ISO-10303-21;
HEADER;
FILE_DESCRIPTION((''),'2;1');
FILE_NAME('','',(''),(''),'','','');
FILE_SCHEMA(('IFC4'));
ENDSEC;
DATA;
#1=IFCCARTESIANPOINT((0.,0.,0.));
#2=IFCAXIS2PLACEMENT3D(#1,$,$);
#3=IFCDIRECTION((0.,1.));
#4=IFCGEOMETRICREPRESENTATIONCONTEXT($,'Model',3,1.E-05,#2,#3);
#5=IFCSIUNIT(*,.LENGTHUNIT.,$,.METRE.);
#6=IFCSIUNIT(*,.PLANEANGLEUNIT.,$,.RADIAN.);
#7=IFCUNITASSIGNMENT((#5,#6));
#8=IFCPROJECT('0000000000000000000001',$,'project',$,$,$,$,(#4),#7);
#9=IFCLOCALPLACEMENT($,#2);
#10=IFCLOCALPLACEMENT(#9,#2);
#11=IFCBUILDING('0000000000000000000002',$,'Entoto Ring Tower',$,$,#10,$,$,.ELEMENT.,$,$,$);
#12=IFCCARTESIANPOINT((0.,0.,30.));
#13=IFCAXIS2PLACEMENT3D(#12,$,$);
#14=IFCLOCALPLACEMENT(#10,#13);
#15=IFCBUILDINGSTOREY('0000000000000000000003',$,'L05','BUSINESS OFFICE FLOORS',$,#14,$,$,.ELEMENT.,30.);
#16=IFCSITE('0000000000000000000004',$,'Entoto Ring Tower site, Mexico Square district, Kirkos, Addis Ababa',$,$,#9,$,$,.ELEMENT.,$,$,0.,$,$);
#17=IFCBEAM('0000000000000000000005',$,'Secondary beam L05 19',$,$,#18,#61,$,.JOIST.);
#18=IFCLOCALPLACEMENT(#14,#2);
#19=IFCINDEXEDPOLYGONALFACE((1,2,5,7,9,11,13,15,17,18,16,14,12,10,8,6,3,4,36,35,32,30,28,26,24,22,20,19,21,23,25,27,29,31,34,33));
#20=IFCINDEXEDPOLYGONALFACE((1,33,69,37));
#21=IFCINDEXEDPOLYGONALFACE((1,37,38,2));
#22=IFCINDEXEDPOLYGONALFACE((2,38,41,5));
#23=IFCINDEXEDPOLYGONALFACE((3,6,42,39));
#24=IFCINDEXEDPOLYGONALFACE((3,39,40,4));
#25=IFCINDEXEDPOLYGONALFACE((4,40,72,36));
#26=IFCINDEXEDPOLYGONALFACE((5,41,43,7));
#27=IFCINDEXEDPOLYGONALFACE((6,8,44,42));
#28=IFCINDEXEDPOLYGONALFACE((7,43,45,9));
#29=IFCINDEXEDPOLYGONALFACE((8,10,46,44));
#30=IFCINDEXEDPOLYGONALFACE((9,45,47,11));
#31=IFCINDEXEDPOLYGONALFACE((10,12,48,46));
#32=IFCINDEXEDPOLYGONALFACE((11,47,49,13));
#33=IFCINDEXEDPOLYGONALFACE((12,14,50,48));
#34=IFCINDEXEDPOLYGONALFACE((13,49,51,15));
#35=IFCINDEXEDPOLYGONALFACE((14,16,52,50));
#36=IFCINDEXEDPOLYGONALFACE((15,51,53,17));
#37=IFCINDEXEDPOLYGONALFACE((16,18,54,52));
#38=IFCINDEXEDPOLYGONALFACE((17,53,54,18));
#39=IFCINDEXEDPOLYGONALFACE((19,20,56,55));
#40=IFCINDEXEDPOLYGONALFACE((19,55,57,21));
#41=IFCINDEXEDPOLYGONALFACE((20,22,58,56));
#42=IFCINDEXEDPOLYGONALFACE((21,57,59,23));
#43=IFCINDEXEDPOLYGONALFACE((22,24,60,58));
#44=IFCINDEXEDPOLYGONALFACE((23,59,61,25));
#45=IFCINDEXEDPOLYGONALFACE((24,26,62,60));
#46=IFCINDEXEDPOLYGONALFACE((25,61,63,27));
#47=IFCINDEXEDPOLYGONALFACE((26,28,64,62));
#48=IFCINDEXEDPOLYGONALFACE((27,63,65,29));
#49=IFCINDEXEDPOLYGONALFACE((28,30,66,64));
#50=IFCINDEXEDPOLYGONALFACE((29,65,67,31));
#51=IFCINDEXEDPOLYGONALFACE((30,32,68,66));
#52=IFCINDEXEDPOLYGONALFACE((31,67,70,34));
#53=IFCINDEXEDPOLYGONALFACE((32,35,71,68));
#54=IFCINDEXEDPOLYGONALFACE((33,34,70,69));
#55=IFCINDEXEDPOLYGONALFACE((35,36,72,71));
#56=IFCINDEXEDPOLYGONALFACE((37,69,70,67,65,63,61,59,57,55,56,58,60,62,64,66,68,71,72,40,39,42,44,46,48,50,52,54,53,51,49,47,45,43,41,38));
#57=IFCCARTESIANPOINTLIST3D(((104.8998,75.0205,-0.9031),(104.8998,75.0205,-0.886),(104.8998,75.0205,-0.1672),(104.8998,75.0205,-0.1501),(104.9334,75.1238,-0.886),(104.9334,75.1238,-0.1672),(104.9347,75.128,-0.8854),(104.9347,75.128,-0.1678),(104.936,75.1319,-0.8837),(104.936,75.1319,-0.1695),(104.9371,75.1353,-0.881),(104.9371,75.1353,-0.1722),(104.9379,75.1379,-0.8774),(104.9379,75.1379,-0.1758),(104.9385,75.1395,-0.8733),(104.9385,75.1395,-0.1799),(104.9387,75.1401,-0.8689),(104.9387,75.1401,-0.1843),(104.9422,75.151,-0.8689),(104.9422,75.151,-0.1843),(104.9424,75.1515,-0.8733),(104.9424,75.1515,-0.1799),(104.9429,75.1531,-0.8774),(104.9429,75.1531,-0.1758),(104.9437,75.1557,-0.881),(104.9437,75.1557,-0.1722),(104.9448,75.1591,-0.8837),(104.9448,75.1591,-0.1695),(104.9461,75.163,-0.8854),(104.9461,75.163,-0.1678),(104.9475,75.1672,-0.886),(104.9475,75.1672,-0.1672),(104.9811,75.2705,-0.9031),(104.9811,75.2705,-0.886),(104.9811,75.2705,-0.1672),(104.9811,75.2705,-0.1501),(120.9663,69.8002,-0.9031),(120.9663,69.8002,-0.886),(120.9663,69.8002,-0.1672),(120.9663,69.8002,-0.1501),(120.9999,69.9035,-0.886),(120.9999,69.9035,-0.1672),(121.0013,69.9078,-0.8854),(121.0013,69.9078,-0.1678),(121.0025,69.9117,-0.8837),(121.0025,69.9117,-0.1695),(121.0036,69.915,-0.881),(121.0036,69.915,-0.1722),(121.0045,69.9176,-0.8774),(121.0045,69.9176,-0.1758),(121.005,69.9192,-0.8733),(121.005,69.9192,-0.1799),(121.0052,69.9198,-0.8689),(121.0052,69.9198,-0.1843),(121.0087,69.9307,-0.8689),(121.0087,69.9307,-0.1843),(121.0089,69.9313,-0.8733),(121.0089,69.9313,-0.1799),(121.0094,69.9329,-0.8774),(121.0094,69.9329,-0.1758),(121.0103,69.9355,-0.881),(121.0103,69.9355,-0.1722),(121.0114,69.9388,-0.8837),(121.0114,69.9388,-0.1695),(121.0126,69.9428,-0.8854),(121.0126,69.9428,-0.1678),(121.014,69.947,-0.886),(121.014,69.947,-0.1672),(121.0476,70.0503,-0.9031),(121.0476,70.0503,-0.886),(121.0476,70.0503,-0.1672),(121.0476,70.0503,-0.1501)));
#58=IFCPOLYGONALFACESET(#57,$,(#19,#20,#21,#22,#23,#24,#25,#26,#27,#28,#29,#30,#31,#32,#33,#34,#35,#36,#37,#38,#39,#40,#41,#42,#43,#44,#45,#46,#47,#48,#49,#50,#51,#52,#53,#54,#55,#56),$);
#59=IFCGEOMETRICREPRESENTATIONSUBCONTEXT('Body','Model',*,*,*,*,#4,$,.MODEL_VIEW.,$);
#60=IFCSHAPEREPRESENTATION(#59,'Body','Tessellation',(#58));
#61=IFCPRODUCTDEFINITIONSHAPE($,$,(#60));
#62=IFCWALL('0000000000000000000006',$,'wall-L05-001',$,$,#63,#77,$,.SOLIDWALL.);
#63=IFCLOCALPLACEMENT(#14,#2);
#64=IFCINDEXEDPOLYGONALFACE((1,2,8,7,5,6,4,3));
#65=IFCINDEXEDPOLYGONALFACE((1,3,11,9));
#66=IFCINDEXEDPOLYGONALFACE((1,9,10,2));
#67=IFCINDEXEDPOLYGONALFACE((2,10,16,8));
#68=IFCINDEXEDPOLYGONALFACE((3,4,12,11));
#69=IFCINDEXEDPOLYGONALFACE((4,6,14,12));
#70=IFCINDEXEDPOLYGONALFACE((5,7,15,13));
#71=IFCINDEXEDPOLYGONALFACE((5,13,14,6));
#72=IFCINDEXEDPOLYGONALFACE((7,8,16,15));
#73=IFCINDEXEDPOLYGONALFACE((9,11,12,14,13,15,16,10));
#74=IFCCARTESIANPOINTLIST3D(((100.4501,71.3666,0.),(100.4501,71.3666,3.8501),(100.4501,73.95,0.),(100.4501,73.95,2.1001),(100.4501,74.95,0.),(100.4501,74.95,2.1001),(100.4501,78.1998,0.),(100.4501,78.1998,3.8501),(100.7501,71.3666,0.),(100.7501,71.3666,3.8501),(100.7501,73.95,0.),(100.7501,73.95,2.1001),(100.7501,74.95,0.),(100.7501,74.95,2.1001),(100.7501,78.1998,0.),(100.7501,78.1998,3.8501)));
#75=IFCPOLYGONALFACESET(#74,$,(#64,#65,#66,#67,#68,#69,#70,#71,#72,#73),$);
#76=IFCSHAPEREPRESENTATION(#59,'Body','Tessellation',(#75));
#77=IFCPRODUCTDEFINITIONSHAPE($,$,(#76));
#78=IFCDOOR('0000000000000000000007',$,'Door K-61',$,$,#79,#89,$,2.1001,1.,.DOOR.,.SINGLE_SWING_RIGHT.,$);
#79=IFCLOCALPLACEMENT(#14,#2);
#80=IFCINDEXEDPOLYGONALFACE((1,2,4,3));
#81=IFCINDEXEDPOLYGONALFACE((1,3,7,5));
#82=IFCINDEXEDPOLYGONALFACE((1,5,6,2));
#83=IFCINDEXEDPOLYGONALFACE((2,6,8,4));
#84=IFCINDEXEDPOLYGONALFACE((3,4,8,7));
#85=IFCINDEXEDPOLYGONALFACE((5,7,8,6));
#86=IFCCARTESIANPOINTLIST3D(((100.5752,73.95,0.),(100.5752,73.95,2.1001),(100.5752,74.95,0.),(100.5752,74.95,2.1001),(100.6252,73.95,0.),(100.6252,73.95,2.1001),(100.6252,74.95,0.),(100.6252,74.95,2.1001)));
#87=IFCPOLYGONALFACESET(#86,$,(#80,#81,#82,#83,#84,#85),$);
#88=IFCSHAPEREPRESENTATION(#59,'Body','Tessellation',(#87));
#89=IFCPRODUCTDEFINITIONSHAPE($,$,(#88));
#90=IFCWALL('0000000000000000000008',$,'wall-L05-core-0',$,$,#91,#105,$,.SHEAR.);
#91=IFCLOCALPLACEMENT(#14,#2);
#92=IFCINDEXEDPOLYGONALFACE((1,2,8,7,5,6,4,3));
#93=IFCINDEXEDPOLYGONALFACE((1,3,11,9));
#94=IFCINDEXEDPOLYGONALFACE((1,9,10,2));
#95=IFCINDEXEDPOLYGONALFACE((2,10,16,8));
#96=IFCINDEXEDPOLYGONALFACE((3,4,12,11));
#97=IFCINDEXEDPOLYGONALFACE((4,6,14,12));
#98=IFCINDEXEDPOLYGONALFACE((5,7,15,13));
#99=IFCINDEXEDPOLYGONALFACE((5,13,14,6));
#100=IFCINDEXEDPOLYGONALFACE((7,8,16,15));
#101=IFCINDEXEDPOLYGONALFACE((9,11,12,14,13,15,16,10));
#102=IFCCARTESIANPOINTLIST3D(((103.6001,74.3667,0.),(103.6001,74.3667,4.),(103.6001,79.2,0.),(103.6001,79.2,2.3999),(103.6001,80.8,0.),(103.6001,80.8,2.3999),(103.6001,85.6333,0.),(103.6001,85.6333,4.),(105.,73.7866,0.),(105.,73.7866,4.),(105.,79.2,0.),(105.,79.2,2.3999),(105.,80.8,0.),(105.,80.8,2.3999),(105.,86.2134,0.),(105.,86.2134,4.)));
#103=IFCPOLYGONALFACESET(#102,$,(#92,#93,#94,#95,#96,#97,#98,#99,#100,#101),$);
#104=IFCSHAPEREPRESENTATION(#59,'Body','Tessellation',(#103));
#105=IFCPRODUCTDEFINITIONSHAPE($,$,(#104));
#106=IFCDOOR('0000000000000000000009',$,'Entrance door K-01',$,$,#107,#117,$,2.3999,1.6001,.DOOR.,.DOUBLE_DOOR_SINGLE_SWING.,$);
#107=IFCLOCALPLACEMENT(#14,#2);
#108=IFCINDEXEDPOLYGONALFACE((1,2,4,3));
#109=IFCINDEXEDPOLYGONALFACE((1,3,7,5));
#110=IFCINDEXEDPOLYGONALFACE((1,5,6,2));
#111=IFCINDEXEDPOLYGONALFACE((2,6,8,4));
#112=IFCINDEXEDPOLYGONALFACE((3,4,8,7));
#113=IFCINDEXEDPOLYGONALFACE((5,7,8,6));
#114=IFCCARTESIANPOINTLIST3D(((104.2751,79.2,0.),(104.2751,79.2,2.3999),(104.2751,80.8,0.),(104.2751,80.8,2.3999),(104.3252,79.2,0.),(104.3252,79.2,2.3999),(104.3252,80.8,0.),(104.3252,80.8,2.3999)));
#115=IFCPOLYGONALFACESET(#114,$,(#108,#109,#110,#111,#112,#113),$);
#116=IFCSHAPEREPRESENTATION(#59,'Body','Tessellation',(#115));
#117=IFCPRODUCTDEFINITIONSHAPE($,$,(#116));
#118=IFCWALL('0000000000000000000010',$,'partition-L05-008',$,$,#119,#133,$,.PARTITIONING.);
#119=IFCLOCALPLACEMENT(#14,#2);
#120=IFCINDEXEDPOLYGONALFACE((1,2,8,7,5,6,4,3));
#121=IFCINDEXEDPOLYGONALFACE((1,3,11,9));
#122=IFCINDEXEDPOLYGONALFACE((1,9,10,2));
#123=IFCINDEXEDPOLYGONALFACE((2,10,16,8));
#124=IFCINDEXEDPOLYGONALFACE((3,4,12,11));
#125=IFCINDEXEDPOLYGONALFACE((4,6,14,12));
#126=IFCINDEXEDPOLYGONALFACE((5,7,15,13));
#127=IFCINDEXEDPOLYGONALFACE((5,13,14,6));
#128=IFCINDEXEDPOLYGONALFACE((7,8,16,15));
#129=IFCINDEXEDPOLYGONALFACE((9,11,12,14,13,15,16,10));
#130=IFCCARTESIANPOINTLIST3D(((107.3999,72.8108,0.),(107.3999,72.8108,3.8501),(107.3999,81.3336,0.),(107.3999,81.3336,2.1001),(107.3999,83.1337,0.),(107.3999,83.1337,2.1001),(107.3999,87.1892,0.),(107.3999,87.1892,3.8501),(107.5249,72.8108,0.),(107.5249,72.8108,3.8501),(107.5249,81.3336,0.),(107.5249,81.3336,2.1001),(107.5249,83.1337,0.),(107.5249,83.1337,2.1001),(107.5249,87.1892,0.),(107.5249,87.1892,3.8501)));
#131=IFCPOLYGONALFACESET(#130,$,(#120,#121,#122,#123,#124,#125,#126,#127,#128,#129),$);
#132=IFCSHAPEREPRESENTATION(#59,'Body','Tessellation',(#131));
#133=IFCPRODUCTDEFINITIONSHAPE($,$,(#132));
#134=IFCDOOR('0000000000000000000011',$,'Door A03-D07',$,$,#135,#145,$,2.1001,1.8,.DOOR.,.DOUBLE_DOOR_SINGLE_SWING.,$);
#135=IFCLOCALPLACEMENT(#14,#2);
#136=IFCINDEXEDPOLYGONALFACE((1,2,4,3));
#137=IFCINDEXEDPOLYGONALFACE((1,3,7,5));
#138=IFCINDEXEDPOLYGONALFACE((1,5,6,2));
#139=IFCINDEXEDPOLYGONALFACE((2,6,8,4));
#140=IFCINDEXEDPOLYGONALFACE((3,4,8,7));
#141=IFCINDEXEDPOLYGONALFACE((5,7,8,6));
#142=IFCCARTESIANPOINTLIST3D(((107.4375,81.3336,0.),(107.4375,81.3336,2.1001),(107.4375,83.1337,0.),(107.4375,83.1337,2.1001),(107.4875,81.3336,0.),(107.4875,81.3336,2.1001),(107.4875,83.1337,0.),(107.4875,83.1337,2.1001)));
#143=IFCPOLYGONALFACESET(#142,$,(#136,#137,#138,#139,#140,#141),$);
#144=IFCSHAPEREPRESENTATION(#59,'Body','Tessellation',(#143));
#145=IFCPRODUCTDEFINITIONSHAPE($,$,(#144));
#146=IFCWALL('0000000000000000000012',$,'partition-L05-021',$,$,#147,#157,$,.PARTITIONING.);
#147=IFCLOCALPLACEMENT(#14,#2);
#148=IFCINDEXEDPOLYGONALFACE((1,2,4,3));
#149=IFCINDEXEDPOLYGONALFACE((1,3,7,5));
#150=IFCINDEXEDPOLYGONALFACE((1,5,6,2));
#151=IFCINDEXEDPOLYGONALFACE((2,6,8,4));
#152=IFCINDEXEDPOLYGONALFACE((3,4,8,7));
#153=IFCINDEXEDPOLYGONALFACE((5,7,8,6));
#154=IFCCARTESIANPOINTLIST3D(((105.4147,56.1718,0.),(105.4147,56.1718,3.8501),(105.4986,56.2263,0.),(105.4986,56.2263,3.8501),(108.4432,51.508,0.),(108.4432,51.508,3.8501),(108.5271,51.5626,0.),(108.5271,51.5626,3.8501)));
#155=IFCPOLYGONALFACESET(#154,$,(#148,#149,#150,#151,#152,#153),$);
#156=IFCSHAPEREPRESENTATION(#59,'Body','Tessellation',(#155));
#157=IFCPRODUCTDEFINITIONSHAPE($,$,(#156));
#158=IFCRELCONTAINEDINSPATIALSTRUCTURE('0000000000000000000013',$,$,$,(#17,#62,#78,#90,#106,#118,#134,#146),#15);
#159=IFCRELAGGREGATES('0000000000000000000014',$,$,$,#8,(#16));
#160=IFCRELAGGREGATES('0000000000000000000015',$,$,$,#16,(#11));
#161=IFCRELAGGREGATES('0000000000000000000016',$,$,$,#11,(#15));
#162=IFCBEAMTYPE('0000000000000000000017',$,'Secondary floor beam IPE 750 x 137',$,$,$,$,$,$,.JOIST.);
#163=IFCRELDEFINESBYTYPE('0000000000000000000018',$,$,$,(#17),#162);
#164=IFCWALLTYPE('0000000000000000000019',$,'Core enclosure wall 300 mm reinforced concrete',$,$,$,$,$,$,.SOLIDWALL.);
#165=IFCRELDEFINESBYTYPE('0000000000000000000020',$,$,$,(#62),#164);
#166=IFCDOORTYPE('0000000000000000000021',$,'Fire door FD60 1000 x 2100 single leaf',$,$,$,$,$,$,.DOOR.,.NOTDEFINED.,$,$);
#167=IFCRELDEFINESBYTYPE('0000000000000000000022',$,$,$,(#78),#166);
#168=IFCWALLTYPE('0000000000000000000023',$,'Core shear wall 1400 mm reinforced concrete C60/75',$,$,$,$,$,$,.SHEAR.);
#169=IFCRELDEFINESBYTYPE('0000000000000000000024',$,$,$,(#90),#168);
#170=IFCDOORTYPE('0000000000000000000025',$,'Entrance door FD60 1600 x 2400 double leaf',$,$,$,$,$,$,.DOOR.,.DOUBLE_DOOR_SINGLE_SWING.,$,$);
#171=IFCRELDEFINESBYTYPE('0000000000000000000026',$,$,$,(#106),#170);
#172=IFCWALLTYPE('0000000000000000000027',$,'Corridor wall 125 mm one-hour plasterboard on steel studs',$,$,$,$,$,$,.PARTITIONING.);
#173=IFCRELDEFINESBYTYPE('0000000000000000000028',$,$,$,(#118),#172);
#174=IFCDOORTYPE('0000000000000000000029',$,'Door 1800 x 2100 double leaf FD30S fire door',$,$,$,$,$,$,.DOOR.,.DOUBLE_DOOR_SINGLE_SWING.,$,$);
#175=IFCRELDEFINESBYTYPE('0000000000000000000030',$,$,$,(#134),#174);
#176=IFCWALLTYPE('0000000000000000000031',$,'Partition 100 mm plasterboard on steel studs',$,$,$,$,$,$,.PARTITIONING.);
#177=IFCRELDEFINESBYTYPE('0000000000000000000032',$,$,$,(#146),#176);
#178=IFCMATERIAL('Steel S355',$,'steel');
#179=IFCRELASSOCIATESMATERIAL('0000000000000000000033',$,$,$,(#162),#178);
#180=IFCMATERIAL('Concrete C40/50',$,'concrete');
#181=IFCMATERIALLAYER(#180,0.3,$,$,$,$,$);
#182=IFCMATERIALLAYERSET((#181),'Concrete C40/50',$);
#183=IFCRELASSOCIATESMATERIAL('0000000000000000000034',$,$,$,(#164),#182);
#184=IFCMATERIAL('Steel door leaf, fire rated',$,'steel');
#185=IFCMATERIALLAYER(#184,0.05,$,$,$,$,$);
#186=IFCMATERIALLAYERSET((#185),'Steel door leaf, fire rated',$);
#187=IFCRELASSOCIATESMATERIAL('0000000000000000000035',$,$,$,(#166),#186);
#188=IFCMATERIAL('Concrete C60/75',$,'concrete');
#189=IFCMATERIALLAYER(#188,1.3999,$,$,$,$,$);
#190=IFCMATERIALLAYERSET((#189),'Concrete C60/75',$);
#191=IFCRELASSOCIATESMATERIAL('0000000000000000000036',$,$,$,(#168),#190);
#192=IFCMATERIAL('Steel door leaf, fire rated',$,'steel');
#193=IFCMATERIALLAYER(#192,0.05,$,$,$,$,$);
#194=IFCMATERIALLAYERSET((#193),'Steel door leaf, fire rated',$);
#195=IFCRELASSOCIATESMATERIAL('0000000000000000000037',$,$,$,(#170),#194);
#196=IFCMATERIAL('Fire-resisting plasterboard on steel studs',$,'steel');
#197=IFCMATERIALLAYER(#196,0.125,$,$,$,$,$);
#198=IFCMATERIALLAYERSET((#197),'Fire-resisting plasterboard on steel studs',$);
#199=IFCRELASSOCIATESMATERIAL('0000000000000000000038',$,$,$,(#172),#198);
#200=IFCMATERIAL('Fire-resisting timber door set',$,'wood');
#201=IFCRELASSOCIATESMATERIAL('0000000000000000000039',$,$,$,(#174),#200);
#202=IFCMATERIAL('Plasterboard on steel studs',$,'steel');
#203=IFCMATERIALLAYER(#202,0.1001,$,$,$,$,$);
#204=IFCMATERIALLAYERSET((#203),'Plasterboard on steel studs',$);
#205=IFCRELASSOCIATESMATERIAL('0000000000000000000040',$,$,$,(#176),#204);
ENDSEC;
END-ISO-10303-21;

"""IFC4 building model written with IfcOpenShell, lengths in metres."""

from ifc_helpers import new_model, si_unit, direction, frame, frame_2d, origin, origin_2d, place, context, subcontext, project, spatial, polyline, rectangle, i_section, outline, extrude, material, layer, layer_set, material_profile, profile_set, type_object, element, fill, save


model = new_model("IFC4")

# Units and contexts
model_context = context("Model", 3, precision=1e-05, world=origin(), true_north=direction((0.0, 1.0)))
body_context = subcontext(model_context, "Body", "Model", "MODEL_VIEW")
ifc_project = project(units=[si_unit("LENGTHUNIT", "METRE"), si_unit("PLANEANGLEUNIT", "RADIAN")], contexts=[model_context])

# Site, building, storey
site_placement = place(None, origin())
site = spatial("IfcSite", under=ifc_project, at=site_placement, Name="Entoto Ring Tower site, Mexico Square district, Kirkos, Addis Ababa", CompositionType="ELEMENT", RefElevation=0.0)
building_placement = place(site_placement, origin())
building = spatial("IfcBuilding", under=site, at=building_placement, Name="Entoto Ring Tower", CompositionType="ELEMENT")
storey_placement = place(building_placement, frame((0.0, 0.0, 30.0)))
storey = spatial("IfcBuildingStorey", under=building, at=storey_placement, Name="L05", Description="BUSINESS OFFICE FLOORS", CompositionType="ELEMENT", Elevation=30.0)

# Beam
ifc_material_1 = material(Name="Steel S355", Category="steel")
ifc_material_profile_1 = material_profile(ifc_material_1, i_section(OverallWidth=0.2629, OverallDepth=0.7529, WebThickness=0.0115, FlangeThickness=0.0171, FilletRadius=0.0171, at=origin_2d()), Name="IPE 750 x 137")
ifc_profile_set_1 = profile_set([ifc_material_profile_1], Name="Steel S355")
beam_type_1 = type_object("IfcBeamType", Name="Secondary floor beam IPE 750 x 137", PredefinedType="JOIST", material=ifc_profile_set_1)
beam_1_placement = place(storey_placement, frame((104.9404, 75.1455, -0.5266), z_axis=(0.951058, -0.309013, 0.0), x_axis=(0.309013, 0.951058, 0.0)))
element("IfcBeam", 1, at=beam_1_placement, inside=storey, type_object=beam_type_1, Name="Secondary beam L05 19", PredefinedType="JOIST", context=body_context, shape_type="SweptSolid", body=[
    extrude(i_section(OverallWidth=0.2629, OverallDepth=0.7529, WebThickness=0.0115, FlangeThickness=0.0171, FilletRadius=0.0171, at=origin_2d()), origin(), (0.0, 0.0, 1.0), 16.8933),
])

# Walls, openings, doors
ifc_material_2 = material(Name="Concrete C40/50", Category="concrete")
ifc_layer_1 = layer(ifc_material_2, 0.3)
ifc_layer_set_1 = layer_set([ifc_layer_1], Name="Concrete C40/50")
wall_type_1 = type_object("IfcWallType", Name="Core enclosure wall 300 mm reinforced concrete", PredefinedType="SOLIDWALL", material=ifc_layer_set_1)
wall_1_placement = place(storey_placement, frame((100.6001, 71.3667, 0.0), z_axis=(0.0, 0.0, 1.0), x_axis=(0.0, 1.0, 0.0)))
wall_1 = element("IfcWall", 2, at=wall_1_placement, inside=storey, type_object=wall_type_1, Name="wall-L05-001", PredefinedType="SOLIDWALL", context=body_context, shape_type="SweptSolid", body=[
    extrude(rectangle(XDim=6.8333, YDim=0.3, at=frame_2d((3.4165, 0.0))), origin(), (0.0, 0.0, 1.0), 3.8501),
])
opening_1_placement = place(wall_1_placement, frame((2.5833, 0.0, 0.0)))
opening_1 = element("IfcOpeningElement", 3, at=opening_1_placement, cuts=wall_1, PredefinedType="OPENING", context=body_context, shape_type="SweptSolid", body=[
    extrude(rectangle(XDim=1.0, YDim=2.1001, at=frame_2d((0.5, 1.05))), frame((0.0, 0.1602, 0.0), z_axis=(0.0, -1.0, 0.0), x_axis=(1.0, 0.0, 0.0)), (0.0, 0.0, 1.0), 0.3201),
])
ifc_material_3 = material(Name="Steel door leaf, fire rated", Category="steel")
ifc_layer_2 = layer(ifc_material_3, 0.05)
ifc_layer_set_2 = layer_set([ifc_layer_2], Name="Steel door leaf, fire rated")
door_type_1 = type_object("IfcDoorType", Name="Fire door FD60 1000 x 2100 single leaf", OperationType="NOTDEFINED", PredefinedType="DOOR", material=ifc_layer_set_2)
door_1_placement = place(opening_1_placement, origin())
door_1 = element("IfcDoor", 4, at=door_1_placement, inside=storey, type_object=door_type_1, Name="Door K-61", OperationType="SINGLE_SWING_RIGHT", OverallHeight=2.1001, OverallWidth=1.0, PredefinedType="DOOR", context=body_context, shape_type="SweptSolid", body=[
    extrude(rectangle(XDim=1.0, YDim=2.1001, at=frame_2d((0.5, 1.05))), frame((0.0, 0.0249, 0.0), z_axis=(0.0, -1.0, 0.0), x_axis=(1.0, 0.0, 0.0)), (0.0, 0.0, 1.0), 0.05),
])
fill(opening_1, door_1)
ifc_material_4 = material(Name="Concrete C60/75", Category="concrete")
ifc_layer_3 = layer(ifc_material_4, 1.3999)
ifc_layer_set_3 = layer_set([ifc_layer_3], Name="Concrete C60/75")
wall_type_2 = type_object("IfcWallType", Name="Core shear wall 1400 mm reinforced concrete C60/75", PredefinedType="SHEAR", material=ifc_layer_set_3)
wall_2_placement = place(storey_placement, frame((104.3, 74.0767, 0.0), z_axis=(0.0, 0.0, 1.0), x_axis=(0.0, 1.0, 0.0)))
wall_2 = element("IfcWall", 5, at=wall_2_placement, inside=storey, type_object=wall_type_2, Name="wall-L05-core-0", PredefinedType="SHEAR", context=body_context, shape_type="SweptSolid", body=[
    extrude(outline(polyline([(-0.29, -0.7), (12.1367, -0.7), (11.5566, 0.7), (0.29, 0.7), (-0.29, -0.7)])), origin(), (0.0, 0.0, 1.0), 4.0),
])
opening_2_placement = place(wall_2_placement, frame((5.1233, 0.0, 0.0)))
opening_2 = element("IfcOpeningElement", 6, at=opening_2_placement, cuts=wall_2, PredefinedType="OPENING", context=body_context, shape_type="SweptSolid", body=[
    extrude(rectangle(XDim=1.6001, YDim=2.3999, at=frame_2d((0.8, 1.2))), frame((0.0, 0.71, 0.0), z_axis=(0.0, -1.0, 0.0), x_axis=(1.0, 0.0, 0.0)), (0.0, 0.0, 1.0), 1.4199),
])
ifc_material_5 = material(Name="Steel door leaf, fire rated", Category="steel")
ifc_layer_4 = layer(ifc_material_5, 0.05)
ifc_layer_set_4 = layer_set([ifc_layer_4], Name="Steel door leaf, fire rated")
door_type_2 = type_object("IfcDoorType", Name="Entrance door FD60 1600 x 2400 double leaf", OperationType="DOUBLE_DOOR_SINGLE_SWING", PredefinedType="DOOR", material=ifc_layer_set_4)
door_2_placement = place(opening_2_placement, origin())
door_2 = element("IfcDoor", 7, at=door_2_placement, inside=storey, type_object=door_type_2, Name="Entrance door K-01", OperationType="DOUBLE_DOOR_SINGLE_SWING", OverallHeight=2.3999, OverallWidth=1.6001, PredefinedType="DOOR", context=body_context, shape_type="SweptSolid", body=[
    extrude(rectangle(XDim=1.6001, YDim=2.3999, at=frame_2d((0.8, 1.2))), frame((0.0, 0.0249, 0.0), z_axis=(0.0, -1.0, 0.0), x_axis=(1.0, 0.0, 0.0)), (0.0, 0.0, 1.0), 0.05),
])
fill(opening_2, door_2)
ifc_material_6 = material(Name="Fire-resisting plasterboard on steel studs", Category="steel")
ifc_layer_5 = layer(ifc_material_6, 0.125)
ifc_layer_set_5 = layer_set([ifc_layer_5], Name="Fire-resisting plasterboard on steel studs")
wall_type_3 = type_object("IfcWallType", Name="Corridor wall 125 mm one-hour plasterboard on steel studs", PredefinedType="PARTITIONING", material=ifc_layer_set_5)
wall_3_placement = place(storey_placement, frame((107.4624, 72.8108, 0.0), z_axis=(0.0, 0.0, 1.0), x_axis=(0.0, 1.0, 0.0)))
wall_3 = element("IfcWall", 8, at=wall_3_placement, inside=storey, type_object=wall_type_3, Name="partition-L05-008", PredefinedType="PARTITIONING", context=body_context, shape_type="SweptSolid", body=[
    extrude(rectangle(XDim=14.3784, YDim=0.125, at=frame_2d((7.1892, 0.0))), origin(), (0.0, 0.0, 1.0), 3.8501),
])
opening_3_placement = place(wall_3_placement, frame((8.5229, 0.0, 0.0)))
opening_3 = element("IfcOpeningElement", 9, at=opening_3_placement, cuts=wall_3, PredefinedType="OPENING", context=body_context, shape_type="SweptSolid", body=[
    extrude(rectangle(XDim=1.8, YDim=2.1001, at=frame_2d((0.8999, 1.05))), frame((0.0, 0.0725, 0.0), z_axis=(0.0, -1.0, 0.0), x_axis=(1.0, 0.0, 0.0)), (0.0, 0.0, 1.0), 0.145),
])
ifc_material_7 = material(Name="Fire-resisting timber door set", Category="wood")
door_type_3 = type_object("IfcDoorType", Name="Door 1800 x 2100 double leaf FD30S fire door", OperationType="DOUBLE_DOOR_SINGLE_SWING", PredefinedType="DOOR", material=ifc_material_7)
door_3_placement = place(opening_3_placement, origin())
door_3 = element("IfcDoor", 10, at=door_3_placement, inside=storey, type_object=door_type_3, Name="Door A03-D07", OperationType="DOUBLE_DOOR_SINGLE_SWING", OverallHeight=2.1001, OverallWidth=1.8, PredefinedType="DOOR", context=body_context, shape_type="SweptSolid", body=[
    extrude(rectangle(XDim=1.8, YDim=2.1001, at=frame_2d((0.8999, 1.05))), frame((0.0, 0.0249, 0.0), z_axis=(0.0, -1.0, 0.0), x_axis=(1.0, 0.0, 0.0)), (0.0, 0.0, 1.0), 0.05),
])
fill(opening_3, door_3)

# Wall
ifc_material_8 = material(Name="Plasterboard on steel studs", Category="steel")
ifc_layer_6 = layer(ifc_material_8, 0.1001)
ifc_layer_set_6 = layer_set([ifc_layer_6], Name="Plasterboard on steel studs")
wall_type_4 = type_object("IfcWallType", Name="Partition 100 mm plasterboard on steel studs", PredefinedType="PARTITIONING", material=ifc_layer_set_6)
wall_4_placement = place(storey_placement, frame((108.4851, 51.5354, 0.0), z_axis=(0.0, 0.0, 1.0), x_axis=(-0.544619, 0.838683, 0.0)))
element("IfcWall", 11, at=wall_4_placement, inside=storey, type_object=wall_type_4, Name="partition-L05-021", PredefinedType="PARTITIONING", context=body_context, shape_type="SweptSolid", body=[
    extrude(rectangle(XDim=5.5608, YDim=0.1001, at=frame_2d((2.7803, 0.0))), origin(), (0.0, 0.0, 1.0), 3.8501),
])

save(model, "model.ifc")
